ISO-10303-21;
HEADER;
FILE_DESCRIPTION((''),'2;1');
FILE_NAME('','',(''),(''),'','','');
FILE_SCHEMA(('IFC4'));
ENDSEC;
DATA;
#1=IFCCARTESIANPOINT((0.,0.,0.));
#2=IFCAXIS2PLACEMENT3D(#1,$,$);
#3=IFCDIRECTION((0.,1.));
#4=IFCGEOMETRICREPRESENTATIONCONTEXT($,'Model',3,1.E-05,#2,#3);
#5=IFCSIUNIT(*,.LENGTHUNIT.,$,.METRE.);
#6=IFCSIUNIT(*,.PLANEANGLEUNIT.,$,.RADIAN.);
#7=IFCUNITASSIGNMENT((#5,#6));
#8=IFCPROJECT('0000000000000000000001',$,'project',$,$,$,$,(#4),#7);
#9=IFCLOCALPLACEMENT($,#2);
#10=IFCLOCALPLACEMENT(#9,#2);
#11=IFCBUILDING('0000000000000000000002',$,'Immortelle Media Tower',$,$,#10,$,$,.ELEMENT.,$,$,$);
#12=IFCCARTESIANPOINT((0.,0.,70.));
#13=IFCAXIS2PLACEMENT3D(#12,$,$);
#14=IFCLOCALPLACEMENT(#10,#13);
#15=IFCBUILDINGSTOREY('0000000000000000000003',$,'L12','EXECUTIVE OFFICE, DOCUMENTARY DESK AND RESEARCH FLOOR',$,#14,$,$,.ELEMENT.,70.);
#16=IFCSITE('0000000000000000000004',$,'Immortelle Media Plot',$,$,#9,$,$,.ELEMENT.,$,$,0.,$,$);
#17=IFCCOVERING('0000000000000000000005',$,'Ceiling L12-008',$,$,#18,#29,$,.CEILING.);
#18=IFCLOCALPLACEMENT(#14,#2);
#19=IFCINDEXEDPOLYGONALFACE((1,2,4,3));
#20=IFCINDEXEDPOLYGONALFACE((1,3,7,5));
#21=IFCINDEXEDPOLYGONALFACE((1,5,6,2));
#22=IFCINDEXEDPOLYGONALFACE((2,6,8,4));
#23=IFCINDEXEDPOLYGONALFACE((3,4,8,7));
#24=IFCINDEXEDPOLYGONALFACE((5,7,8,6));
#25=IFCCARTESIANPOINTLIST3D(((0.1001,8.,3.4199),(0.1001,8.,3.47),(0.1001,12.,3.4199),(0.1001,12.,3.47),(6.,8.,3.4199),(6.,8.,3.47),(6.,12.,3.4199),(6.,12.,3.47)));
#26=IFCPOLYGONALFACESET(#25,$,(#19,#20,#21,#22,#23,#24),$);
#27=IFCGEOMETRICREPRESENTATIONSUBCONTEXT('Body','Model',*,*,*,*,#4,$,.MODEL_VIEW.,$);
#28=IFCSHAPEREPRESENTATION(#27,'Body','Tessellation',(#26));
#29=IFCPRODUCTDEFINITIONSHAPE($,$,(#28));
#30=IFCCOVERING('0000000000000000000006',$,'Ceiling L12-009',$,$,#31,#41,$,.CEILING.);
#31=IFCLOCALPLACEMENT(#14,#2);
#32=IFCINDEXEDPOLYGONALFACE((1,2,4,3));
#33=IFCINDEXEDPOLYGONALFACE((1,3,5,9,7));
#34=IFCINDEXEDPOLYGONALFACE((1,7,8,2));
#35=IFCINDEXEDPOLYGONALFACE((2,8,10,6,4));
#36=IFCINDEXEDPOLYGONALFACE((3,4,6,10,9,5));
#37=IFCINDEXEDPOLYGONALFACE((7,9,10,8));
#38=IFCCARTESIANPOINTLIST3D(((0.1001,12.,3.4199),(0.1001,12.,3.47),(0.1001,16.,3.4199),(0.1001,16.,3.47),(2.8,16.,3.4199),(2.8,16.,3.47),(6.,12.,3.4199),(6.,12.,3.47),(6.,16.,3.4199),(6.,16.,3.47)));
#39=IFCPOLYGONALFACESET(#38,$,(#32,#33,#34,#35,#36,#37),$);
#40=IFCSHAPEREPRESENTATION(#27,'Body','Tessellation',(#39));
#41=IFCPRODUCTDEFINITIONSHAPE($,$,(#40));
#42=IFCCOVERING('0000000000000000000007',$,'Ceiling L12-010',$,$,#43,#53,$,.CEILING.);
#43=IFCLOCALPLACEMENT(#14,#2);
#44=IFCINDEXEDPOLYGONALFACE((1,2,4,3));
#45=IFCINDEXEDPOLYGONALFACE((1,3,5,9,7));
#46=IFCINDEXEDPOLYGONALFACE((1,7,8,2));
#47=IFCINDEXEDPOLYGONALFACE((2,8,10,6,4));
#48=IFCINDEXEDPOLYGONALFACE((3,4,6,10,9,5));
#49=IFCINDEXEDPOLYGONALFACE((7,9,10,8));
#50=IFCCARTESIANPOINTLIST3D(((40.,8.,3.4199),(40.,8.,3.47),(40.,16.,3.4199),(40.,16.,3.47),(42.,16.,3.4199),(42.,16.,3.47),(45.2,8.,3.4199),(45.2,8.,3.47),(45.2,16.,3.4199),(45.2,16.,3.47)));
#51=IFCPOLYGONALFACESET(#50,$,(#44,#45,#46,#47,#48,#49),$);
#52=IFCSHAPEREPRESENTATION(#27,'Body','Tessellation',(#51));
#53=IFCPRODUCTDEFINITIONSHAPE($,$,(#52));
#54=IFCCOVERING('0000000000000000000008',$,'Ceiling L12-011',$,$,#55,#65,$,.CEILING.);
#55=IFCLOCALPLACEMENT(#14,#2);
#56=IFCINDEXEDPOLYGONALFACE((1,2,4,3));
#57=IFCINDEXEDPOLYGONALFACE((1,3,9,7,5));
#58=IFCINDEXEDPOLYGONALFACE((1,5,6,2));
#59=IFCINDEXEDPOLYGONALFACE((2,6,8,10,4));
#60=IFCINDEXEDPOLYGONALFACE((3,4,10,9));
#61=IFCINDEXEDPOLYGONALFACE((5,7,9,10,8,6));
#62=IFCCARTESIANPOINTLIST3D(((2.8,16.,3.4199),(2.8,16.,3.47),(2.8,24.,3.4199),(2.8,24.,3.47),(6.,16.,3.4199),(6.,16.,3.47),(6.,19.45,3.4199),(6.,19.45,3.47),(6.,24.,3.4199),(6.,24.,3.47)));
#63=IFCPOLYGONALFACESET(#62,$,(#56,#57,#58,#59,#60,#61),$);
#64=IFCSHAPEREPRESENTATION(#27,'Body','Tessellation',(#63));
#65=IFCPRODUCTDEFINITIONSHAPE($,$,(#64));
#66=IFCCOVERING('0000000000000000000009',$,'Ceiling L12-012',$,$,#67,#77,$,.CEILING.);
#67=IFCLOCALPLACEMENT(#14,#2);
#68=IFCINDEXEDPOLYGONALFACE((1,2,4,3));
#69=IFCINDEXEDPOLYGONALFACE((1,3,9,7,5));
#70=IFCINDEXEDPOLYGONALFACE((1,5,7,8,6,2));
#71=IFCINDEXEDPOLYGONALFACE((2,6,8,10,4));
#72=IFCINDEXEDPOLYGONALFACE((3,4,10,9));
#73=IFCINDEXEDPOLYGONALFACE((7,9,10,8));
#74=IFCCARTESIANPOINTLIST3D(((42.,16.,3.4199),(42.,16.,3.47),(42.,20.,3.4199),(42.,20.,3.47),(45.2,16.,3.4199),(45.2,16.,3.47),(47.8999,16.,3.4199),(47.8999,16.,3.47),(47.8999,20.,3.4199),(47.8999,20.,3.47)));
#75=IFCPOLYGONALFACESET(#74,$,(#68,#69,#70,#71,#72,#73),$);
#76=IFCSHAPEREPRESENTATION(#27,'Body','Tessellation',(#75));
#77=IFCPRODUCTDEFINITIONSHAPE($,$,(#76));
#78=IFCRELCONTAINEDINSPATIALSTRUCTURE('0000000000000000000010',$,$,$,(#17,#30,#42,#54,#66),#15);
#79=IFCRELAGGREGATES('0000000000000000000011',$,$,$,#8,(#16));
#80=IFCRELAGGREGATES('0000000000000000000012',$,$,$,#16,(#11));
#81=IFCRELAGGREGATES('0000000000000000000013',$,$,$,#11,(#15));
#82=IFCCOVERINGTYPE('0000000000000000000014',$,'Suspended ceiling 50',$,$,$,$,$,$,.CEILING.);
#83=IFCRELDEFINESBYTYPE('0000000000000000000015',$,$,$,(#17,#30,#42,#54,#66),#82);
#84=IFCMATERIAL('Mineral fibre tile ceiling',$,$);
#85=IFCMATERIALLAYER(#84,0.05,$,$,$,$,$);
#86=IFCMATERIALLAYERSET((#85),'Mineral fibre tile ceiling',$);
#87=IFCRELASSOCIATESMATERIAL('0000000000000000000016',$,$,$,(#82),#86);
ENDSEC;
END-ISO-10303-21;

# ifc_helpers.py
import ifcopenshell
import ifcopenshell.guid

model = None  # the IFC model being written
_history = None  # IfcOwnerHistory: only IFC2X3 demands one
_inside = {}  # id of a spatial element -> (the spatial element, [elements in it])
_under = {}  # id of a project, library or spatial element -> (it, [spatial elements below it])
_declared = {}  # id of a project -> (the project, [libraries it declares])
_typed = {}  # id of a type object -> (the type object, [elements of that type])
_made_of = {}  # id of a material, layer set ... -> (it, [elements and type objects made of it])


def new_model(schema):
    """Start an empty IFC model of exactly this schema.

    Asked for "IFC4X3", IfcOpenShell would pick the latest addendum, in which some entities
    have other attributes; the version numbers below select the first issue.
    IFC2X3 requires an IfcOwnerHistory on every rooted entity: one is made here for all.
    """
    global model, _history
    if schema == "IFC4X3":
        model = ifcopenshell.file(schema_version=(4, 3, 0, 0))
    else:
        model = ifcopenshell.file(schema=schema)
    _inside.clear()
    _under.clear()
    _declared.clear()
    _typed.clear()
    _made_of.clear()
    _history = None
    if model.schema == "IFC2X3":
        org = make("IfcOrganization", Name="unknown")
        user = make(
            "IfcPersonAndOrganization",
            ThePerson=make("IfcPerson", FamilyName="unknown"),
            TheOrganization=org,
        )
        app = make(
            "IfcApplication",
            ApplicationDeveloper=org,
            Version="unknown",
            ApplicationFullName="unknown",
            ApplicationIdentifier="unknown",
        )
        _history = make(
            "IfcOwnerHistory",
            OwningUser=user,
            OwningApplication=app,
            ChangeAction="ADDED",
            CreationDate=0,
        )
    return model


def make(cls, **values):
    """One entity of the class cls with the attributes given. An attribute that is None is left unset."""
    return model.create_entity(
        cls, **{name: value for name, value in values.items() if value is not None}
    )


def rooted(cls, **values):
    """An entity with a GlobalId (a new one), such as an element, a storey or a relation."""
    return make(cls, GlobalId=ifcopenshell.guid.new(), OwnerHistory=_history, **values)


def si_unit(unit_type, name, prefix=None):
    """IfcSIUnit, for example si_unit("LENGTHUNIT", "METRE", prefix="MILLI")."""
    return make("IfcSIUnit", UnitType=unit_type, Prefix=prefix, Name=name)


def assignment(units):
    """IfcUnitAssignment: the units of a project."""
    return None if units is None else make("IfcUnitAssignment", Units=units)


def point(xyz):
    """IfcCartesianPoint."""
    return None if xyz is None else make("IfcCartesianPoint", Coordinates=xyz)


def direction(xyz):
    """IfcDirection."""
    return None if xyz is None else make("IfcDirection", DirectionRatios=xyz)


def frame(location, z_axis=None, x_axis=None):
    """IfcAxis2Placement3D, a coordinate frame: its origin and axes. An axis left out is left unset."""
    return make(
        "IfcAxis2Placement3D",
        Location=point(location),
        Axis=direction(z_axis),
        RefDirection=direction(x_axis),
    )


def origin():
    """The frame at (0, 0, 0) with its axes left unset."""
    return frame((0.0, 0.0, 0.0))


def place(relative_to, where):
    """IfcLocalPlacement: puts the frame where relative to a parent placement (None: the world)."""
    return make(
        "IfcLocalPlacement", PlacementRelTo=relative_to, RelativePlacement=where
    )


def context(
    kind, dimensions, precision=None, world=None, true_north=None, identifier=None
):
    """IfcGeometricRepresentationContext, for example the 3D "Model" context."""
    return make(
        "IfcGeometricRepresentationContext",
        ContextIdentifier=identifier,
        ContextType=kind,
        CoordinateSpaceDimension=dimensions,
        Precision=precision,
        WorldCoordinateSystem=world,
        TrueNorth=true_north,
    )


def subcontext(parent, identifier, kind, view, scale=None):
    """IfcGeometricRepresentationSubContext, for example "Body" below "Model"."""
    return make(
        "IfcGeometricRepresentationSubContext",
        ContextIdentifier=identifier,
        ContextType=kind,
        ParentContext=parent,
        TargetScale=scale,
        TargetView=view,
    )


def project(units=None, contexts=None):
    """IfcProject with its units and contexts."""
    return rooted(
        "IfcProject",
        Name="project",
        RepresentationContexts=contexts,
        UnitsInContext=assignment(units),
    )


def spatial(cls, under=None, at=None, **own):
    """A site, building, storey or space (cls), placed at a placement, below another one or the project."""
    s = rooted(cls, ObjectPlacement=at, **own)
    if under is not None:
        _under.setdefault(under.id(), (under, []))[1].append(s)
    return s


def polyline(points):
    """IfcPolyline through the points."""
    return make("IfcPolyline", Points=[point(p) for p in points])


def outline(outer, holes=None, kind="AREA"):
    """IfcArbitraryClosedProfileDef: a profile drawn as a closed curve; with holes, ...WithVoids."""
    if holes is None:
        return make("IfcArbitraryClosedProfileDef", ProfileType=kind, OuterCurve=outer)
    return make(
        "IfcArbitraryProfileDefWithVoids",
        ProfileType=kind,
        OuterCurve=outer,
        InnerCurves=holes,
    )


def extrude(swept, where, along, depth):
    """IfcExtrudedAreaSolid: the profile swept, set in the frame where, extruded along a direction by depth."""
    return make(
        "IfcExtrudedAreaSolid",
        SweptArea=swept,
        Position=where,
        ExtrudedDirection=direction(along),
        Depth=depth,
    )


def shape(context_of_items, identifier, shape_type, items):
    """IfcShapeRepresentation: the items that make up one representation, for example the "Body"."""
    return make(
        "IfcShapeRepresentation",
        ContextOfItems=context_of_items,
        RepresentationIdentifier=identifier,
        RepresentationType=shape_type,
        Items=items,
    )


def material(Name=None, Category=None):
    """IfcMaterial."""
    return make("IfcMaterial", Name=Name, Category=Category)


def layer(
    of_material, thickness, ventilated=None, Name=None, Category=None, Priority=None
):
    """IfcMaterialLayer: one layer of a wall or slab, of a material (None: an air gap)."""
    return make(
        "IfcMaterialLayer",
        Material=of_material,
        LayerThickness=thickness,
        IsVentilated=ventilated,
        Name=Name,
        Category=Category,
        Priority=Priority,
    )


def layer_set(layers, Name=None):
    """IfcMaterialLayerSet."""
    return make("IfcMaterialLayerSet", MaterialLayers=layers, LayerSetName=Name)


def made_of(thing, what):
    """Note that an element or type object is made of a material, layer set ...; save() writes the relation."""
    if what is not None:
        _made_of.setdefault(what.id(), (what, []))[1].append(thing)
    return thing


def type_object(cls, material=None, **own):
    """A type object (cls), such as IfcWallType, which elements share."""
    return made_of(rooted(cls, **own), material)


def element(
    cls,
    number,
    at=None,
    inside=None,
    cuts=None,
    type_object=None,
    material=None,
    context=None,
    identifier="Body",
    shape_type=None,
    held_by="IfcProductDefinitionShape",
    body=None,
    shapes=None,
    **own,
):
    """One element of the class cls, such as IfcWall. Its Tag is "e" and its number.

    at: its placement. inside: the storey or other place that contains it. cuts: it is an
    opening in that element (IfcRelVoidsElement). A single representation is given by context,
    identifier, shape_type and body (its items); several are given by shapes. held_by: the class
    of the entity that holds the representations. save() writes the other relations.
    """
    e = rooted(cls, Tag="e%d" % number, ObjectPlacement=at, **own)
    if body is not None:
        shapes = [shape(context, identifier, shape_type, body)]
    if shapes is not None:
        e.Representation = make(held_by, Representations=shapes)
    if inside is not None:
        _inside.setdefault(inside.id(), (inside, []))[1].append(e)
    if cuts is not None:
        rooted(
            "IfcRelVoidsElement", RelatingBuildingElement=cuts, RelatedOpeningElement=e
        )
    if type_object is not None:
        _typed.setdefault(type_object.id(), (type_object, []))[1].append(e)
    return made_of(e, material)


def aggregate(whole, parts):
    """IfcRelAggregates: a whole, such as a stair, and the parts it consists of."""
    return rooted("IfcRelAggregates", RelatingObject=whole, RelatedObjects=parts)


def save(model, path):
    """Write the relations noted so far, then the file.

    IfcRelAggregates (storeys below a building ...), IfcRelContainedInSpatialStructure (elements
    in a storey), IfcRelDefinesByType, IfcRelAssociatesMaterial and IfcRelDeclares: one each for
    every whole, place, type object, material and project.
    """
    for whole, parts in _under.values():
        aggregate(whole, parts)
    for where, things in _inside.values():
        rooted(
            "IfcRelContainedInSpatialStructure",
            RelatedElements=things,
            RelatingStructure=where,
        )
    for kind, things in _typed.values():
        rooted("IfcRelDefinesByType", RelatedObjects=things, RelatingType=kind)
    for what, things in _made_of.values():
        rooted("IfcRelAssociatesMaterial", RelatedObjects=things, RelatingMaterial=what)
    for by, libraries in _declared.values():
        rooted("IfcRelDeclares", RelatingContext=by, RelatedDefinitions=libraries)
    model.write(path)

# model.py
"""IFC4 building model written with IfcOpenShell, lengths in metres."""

from ifc_helpers import new_model, si_unit, direction, frame, origin, place, context, subcontext, project, spatial, polyline, outline, extrude, material, layer, layer_set, type_object, element, save


model = new_model("IFC4")

# Units and contexts
model_context = context("Model", 3, precision=1e-05, world=origin(), true_north=direction((0.0, 1.0)))
body_context = subcontext(model_context, "Body", "Model", "MODEL_VIEW")
ifc_project = project(units=[si_unit("LENGTHUNIT", "METRE"), si_unit("PLANEANGLEUNIT", "RADIAN")], contexts=[model_context])

# Site, building, storey
site_placement = place(None, origin())
site = spatial("IfcSite", under=ifc_project, at=site_placement, Name="Immortelle Media Plot", CompositionType="ELEMENT", RefElevation=0.0)
building_placement = place(site_placement, origin())
building = spatial("IfcBuilding", under=site, at=building_placement, Name="Immortelle Media Tower", CompositionType="ELEMENT")
storey_placement = place(building_placement, frame((0.0, 0.0, 70.0)))
storey = spatial("IfcBuildingStorey", under=building, at=storey_placement, Name="L12", Description="EXECUTIVE OFFICE, DOCUMENTARY DESK AND RESEARCH FLOOR", CompositionType="ELEMENT", Elevation=70.0)

# Coverings
ifc_material_1 = material(Name="Mineral fibre tile ceiling")
ifc_layer_1 = layer(ifc_material_1, 0.05)
ifc_layer_set_1 = layer_set([ifc_layer_1], Name="Mineral fibre tile ceiling")
covering_type = type_object("IfcCoveringType", Name="Suspended ceiling 50", PredefinedType="CEILING", material=ifc_layer_set_1)
covering_1_placement = place(storey_placement, frame((0.0, 0.0, 3.4199)))
element("IfcCovering", 1, at=covering_1_placement, inside=storey, type_object=covering_type, Name="Ceiling L12-008", PredefinedType="CEILING", context=body_context, shape_type="SweptSolid", body=[
    extrude(outline(polyline([(0.1001, 8.0), (0.1001, 12.0), (6.0, 12.0), (6.0, 8.0), (0.1001, 8.0)])), origin(), (0.0, 0.0, 1.0), 0.05),
])
covering_2_placement = place(storey_placement, frame((0.0, 0.0, 3.4199)))
element("IfcCovering", 2, at=covering_2_placement, inside=storey, type_object=covering_type, Name="Ceiling L12-009", PredefinedType="CEILING", context=body_context, shape_type="SweptSolid", body=[
    extrude(outline(polyline([(0.1001, 16.0), (2.8, 16.0), (6.0, 16.0), (6.0, 12.0), (0.1001, 12.0), (0.1001, 16.0)])), origin(), (0.0, 0.0, 1.0), 0.05),
])
covering_3_placement = place(storey_placement, frame((0.0, 0.0, 3.4199)))
element("IfcCovering", 3, at=covering_3_placement, inside=storey, type_object=covering_type, Name="Ceiling L12-010", PredefinedType="CEILING", context=body_context, shape_type="SweptSolid", body=[
    extrude(outline(polyline([(45.2, 8.0), (40.0, 8.0), (40.0, 16.0), (42.0, 16.0), (45.2, 16.0), (45.2, 8.0)])), origin(), (0.0, 0.0, 1.0), 0.05),
])
covering_4_placement = place(storey_placement, frame((0.0, 0.0, 3.4199)))
element("IfcCovering", 4, at=covering_4_placement, inside=storey, type_object=covering_type, Name="Ceiling L12-011", PredefinedType="CEILING", context=body_context, shape_type="SweptSolid", body=[
    extrude(outline(polyline([(6.0, 19.45), (6.0, 16.0), (2.8, 16.0), (2.8, 24.0), (6.0, 24.0), (6.0, 19.45)])), origin(), (0.0, 0.0, 1.0), 0.05),
])
covering_5_placement = place(storey_placement, frame((0.0, 0.0, 3.4199)))
element("IfcCovering", 5, at=covering_5_placement, inside=storey, type_object=covering_type, Name="Ceiling L12-012", PredefinedType="CEILING", context=body_context, shape_type="SweptSolid", body=[
    extrude(outline(polyline([(42.0, 16.0), (42.0, 20.0), (47.8999, 20.0), (47.8999, 16.0), (45.2, 16.0), (42.0, 16.0)])), origin(), (0.0, 0.0, 1.0), 0.05),
])

save(model, "model.ifc")
